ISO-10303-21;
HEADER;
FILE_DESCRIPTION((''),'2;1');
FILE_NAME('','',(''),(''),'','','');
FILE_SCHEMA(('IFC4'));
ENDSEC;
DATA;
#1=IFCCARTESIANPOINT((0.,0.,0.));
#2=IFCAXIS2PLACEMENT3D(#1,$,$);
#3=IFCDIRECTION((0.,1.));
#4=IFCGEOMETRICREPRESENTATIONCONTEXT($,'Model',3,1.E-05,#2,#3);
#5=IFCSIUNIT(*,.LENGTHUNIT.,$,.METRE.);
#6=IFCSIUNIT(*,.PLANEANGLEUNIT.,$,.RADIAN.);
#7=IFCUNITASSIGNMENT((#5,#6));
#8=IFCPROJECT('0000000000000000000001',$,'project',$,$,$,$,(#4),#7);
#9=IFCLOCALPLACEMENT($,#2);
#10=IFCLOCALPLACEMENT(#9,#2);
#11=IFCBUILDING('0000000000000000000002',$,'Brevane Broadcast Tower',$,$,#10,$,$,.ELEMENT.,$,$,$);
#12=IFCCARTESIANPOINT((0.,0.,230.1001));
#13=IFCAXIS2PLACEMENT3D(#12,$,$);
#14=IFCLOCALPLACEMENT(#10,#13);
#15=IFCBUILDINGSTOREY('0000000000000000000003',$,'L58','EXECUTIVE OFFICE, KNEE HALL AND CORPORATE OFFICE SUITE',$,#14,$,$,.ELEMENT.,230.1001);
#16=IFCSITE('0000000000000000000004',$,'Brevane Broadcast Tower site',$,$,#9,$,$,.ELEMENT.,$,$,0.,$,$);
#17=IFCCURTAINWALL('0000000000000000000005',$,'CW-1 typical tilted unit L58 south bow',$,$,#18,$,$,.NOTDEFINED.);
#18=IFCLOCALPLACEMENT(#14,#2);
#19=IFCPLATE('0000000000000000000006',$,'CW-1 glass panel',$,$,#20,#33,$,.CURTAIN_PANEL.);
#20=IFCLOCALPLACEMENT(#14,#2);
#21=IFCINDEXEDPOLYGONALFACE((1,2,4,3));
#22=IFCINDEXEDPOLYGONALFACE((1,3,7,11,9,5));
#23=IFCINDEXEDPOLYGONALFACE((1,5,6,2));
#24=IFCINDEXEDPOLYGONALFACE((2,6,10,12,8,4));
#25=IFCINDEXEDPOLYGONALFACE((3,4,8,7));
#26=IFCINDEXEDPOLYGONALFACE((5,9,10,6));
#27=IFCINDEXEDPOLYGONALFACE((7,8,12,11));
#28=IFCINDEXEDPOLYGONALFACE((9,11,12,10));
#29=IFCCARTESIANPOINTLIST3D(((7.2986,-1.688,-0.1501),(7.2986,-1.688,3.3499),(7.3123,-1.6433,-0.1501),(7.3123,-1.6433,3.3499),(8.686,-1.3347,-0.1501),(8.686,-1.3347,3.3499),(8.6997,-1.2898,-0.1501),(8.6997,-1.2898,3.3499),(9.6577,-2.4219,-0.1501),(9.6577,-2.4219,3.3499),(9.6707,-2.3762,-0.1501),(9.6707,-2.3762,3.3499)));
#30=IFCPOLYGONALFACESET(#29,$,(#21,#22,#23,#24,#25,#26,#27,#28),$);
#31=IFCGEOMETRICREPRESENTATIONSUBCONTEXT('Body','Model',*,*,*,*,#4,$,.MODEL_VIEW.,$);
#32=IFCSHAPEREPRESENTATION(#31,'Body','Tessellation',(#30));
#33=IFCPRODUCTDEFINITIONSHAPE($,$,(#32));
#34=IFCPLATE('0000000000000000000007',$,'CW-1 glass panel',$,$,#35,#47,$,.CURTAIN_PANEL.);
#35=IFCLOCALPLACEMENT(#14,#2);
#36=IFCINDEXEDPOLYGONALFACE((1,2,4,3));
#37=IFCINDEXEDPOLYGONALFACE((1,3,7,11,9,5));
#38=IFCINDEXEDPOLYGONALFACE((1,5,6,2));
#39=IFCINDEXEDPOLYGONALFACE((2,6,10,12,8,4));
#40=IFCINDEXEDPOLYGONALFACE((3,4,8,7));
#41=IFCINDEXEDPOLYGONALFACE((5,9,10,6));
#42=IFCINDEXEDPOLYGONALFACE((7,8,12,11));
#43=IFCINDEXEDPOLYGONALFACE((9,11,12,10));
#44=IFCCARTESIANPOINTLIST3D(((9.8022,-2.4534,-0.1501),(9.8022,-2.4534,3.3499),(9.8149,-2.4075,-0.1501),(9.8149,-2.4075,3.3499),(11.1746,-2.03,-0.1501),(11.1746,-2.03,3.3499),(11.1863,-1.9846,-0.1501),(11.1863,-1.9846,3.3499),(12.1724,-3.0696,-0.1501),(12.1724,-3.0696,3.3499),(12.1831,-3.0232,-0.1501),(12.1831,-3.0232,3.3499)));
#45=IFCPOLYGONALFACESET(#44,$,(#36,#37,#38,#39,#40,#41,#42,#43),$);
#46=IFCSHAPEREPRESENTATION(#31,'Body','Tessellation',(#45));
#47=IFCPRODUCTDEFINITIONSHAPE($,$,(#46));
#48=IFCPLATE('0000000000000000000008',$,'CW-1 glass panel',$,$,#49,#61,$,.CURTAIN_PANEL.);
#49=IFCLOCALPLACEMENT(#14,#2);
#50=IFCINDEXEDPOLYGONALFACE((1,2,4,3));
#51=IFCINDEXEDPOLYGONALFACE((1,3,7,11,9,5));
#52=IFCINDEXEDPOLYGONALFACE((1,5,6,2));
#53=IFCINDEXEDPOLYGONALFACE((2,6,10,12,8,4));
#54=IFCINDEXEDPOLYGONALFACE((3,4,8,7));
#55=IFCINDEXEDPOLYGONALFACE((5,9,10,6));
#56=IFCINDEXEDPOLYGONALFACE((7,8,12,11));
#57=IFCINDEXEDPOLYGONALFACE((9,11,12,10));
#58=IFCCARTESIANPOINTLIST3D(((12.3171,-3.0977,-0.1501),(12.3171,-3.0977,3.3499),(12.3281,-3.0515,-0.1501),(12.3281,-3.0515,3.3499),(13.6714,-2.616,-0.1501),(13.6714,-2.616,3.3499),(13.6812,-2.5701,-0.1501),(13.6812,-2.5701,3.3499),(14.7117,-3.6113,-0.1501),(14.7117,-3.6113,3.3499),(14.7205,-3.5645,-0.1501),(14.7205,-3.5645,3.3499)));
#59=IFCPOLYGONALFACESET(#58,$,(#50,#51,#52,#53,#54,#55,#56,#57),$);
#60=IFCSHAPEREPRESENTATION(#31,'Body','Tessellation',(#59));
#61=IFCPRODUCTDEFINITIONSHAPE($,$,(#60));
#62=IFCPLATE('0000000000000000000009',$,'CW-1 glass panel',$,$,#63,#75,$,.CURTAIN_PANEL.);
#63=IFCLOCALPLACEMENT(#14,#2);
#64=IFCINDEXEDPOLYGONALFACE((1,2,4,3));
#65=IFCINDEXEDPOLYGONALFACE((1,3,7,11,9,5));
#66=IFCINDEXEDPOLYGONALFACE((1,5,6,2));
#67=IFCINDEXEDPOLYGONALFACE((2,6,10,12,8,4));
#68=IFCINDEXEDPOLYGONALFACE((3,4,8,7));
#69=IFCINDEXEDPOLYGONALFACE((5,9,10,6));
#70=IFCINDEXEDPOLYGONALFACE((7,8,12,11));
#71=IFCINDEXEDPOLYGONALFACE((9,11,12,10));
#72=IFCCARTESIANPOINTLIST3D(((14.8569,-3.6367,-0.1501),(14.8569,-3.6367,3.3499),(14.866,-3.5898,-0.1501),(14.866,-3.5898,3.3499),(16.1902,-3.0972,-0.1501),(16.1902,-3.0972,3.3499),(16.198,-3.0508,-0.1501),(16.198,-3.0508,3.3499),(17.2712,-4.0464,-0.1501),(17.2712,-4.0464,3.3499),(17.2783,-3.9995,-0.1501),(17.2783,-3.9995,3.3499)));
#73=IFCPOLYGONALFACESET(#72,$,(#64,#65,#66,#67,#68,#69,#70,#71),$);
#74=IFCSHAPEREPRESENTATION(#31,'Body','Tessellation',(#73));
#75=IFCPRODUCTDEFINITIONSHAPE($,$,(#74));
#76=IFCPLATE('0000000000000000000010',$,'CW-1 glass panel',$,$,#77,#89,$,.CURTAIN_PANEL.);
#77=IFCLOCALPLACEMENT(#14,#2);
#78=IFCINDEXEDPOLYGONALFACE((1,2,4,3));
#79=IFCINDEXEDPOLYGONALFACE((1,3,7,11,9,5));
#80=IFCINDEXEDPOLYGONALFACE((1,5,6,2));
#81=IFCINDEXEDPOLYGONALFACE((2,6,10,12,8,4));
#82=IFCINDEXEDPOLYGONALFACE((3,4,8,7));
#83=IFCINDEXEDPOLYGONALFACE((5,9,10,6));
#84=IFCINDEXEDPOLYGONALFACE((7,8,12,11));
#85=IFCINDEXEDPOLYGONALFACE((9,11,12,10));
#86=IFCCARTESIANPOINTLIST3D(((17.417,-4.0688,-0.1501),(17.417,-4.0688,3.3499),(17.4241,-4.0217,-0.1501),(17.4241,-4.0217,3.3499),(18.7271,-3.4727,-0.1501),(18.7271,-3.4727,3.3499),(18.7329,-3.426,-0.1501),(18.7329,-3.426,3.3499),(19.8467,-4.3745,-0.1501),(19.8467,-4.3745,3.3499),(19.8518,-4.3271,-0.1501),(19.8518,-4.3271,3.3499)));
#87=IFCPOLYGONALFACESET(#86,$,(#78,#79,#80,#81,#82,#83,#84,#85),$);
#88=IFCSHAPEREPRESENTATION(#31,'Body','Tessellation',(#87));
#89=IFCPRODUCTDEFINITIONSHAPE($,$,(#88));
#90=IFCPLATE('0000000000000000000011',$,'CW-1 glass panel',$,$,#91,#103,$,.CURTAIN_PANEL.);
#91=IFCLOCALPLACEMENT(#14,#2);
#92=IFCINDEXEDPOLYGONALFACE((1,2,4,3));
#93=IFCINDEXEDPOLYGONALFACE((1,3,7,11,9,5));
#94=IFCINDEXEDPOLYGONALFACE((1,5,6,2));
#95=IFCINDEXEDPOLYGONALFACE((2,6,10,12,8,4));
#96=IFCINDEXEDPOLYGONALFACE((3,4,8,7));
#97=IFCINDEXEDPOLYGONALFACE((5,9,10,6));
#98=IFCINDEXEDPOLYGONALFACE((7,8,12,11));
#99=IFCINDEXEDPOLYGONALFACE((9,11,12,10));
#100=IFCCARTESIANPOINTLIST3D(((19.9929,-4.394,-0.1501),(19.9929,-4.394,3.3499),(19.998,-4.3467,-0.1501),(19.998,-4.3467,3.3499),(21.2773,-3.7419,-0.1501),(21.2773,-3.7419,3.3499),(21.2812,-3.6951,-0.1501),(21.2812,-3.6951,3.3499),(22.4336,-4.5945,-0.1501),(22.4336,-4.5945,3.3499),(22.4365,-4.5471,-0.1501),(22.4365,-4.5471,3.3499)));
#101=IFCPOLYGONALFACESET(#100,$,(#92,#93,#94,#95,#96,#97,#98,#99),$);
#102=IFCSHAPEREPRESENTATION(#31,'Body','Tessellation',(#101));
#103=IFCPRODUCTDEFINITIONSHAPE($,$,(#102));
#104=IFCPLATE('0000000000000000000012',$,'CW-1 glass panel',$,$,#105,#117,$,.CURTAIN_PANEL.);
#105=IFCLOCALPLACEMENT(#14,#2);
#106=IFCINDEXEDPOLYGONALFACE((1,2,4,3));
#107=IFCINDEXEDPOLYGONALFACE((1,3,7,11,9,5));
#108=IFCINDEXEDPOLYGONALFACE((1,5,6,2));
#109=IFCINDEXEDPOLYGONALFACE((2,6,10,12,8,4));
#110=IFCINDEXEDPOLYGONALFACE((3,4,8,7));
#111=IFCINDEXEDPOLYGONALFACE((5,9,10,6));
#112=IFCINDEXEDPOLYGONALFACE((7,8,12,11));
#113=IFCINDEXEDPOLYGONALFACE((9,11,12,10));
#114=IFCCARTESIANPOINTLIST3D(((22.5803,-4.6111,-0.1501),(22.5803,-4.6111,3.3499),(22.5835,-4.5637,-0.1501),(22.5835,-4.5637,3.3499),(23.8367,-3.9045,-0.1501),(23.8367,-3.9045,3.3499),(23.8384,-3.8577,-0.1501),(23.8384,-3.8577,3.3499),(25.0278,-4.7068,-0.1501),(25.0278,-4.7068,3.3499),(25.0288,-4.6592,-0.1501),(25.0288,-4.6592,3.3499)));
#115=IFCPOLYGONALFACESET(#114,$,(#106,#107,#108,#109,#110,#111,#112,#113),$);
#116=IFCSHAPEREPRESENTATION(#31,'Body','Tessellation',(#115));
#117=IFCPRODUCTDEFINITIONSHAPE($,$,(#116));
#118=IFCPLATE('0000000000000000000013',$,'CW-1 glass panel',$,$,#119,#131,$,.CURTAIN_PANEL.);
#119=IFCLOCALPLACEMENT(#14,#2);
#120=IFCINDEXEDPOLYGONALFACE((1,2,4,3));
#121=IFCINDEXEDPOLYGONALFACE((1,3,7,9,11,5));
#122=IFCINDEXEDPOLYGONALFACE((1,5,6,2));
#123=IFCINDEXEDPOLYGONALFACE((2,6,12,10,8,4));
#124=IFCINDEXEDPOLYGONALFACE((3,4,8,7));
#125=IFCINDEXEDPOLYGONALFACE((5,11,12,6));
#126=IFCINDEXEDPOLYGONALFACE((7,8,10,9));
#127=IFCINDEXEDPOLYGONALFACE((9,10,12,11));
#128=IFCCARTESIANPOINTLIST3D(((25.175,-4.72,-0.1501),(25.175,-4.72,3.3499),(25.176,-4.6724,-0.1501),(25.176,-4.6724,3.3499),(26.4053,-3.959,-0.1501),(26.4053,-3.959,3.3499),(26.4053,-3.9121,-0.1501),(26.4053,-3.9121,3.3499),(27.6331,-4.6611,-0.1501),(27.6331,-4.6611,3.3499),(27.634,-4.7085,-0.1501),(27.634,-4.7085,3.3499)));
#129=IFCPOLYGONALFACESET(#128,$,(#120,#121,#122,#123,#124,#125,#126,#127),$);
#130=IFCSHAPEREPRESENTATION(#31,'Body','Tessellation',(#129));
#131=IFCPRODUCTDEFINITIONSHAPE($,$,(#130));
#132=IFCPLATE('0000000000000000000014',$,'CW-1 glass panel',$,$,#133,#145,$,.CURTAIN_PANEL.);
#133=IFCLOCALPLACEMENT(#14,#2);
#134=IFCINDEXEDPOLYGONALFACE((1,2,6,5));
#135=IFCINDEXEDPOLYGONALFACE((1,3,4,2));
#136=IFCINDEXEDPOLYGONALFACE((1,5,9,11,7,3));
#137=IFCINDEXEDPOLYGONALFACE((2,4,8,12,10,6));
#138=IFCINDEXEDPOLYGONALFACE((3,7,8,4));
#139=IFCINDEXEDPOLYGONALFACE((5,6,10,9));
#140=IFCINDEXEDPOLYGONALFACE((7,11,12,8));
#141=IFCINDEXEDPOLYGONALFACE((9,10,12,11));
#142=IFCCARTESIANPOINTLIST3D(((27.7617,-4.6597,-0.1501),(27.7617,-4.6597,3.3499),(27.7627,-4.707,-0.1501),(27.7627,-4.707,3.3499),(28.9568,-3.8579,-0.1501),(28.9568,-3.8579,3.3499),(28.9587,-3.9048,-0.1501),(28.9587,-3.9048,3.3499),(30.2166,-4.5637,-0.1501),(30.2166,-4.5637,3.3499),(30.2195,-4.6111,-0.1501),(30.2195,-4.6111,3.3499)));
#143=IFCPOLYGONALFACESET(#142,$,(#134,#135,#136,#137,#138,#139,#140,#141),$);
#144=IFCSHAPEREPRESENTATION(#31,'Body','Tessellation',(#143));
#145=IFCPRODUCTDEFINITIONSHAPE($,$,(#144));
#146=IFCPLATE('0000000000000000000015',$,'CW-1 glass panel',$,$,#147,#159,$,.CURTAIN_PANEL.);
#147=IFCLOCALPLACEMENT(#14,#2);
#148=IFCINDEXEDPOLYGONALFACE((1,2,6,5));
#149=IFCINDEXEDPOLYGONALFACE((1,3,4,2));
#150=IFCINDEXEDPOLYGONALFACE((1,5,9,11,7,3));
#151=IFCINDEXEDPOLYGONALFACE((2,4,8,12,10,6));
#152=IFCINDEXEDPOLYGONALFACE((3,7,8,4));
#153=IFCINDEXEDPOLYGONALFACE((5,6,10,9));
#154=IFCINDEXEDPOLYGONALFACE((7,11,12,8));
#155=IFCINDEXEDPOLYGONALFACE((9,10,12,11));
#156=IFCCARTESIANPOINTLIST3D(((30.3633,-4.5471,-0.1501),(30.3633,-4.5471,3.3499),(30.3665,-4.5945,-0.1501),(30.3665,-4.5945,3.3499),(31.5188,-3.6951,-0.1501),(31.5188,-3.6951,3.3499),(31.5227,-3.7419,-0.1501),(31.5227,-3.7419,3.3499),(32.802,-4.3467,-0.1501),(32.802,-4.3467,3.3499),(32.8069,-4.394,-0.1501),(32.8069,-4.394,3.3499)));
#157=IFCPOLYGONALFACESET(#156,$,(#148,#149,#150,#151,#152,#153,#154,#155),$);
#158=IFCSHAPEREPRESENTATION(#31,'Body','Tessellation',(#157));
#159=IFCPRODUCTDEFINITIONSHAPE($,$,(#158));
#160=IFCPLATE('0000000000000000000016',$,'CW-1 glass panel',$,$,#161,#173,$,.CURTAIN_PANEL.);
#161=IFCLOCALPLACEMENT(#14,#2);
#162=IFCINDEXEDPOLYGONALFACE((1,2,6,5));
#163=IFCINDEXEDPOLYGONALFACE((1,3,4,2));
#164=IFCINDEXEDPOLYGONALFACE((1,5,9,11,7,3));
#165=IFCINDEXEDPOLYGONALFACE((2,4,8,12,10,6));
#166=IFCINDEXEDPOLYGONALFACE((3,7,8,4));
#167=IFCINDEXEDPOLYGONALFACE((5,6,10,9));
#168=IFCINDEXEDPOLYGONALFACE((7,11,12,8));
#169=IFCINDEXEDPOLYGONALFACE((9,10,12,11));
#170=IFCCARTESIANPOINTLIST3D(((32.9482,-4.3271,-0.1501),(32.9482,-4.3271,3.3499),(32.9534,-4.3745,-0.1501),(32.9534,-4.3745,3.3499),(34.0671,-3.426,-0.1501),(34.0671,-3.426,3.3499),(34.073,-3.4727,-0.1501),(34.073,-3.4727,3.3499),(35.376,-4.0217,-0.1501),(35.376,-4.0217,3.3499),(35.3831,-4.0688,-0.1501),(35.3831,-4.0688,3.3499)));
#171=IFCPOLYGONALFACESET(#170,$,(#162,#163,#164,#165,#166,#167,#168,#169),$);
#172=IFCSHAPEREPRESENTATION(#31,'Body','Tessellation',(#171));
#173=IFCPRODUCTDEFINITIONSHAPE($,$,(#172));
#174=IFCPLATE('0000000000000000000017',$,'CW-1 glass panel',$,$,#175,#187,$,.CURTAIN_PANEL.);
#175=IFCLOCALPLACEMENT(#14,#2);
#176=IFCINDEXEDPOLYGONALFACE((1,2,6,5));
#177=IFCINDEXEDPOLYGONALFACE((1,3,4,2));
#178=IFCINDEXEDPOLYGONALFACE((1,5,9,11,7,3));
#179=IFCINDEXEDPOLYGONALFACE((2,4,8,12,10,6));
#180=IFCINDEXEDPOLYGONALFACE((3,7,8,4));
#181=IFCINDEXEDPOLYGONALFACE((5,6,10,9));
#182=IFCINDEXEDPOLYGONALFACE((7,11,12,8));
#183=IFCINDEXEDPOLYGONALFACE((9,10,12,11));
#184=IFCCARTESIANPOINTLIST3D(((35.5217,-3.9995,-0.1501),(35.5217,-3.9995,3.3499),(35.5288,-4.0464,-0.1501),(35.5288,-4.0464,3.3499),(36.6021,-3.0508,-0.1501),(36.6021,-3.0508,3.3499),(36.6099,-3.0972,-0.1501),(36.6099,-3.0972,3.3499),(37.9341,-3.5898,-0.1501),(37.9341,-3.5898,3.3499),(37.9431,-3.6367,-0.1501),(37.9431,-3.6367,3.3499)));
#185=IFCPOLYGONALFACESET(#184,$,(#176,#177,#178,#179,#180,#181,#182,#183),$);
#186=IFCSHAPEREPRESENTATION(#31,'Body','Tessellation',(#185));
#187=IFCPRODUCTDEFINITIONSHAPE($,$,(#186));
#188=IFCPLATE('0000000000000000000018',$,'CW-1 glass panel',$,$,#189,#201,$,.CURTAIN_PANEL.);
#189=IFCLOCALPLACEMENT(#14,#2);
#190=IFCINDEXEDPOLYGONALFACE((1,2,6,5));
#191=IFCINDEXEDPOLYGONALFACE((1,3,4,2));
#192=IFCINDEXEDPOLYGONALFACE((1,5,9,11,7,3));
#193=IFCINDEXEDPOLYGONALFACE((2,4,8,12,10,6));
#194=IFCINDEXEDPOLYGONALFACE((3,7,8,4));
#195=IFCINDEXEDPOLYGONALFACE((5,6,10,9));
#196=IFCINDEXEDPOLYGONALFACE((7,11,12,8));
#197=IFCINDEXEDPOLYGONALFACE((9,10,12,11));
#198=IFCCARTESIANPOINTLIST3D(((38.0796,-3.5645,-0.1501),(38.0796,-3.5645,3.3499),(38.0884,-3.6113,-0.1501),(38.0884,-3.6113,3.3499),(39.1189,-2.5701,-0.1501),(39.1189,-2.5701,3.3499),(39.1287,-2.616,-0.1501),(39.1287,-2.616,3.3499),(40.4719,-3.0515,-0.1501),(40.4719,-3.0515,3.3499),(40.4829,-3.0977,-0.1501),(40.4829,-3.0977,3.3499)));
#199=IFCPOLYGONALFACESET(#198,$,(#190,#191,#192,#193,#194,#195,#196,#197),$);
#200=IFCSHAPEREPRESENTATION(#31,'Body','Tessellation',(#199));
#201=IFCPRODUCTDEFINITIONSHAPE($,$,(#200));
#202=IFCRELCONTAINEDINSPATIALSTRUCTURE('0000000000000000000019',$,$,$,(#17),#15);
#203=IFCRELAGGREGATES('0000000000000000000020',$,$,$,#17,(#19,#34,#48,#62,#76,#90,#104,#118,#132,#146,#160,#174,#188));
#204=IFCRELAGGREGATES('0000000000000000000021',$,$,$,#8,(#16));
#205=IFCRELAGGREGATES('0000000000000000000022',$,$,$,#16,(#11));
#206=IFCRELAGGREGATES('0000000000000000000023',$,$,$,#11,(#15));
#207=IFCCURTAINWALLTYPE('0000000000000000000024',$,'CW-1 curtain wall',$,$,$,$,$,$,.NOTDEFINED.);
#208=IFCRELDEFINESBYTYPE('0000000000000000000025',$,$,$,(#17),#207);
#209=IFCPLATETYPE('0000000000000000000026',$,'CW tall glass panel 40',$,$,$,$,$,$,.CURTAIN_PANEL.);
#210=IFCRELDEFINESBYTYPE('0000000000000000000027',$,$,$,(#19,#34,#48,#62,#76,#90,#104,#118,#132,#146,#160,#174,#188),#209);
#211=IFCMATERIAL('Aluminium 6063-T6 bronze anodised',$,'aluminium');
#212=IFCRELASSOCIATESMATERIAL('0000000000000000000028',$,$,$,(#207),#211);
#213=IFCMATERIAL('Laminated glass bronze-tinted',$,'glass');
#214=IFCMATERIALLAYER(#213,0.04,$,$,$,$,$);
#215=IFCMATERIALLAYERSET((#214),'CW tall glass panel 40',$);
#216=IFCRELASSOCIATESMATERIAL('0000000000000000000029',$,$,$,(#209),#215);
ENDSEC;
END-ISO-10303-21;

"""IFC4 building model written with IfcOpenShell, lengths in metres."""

from ifc_helpers import new_model, si_unit, direction, frame, origin, place, context, subcontext, project, spatial, polyline, outline, extrude, material, layer, layer_set, type_object, element, aggregate, save


model = new_model("IFC4")

# Units and contexts
model_context = context("Model", 3, precision=1e-05, world=origin(), true_north=direction((0.0, 1.0)))
body_context = subcontext(model_context, "Body", "Model", "MODEL_VIEW")
ifc_project = project(units=[si_unit("LENGTHUNIT", "METRE"), si_unit("PLANEANGLEUNIT", "RADIAN")], contexts=[model_context])

# Site, building, storey
site_placement = place(None, origin())
site = spatial("IfcSite", under=ifc_project, at=site_placement, Name="Brevane Broadcast Tower site", CompositionType="ELEMENT", RefElevation=0.0)
building_placement = place(site_placement, origin())
building = spatial("IfcBuilding", under=site, at=building_placement, Name="Brevane Broadcast Tower", CompositionType="ELEMENT")
storey_placement = place(building_placement, frame((0.0, 0.0, 230.1001)))
storey = spatial("IfcBuildingStorey", under=building, at=storey_placement, Name="L58", Description="EXECUTIVE OFFICE, KNEE HALL AND CORPORATE OFFICE SUITE", CompositionType="ELEMENT", Elevation=230.1001)

# Curtain wall, plates
ifc_material_1 = material(Name="Aluminium 6063-T6 bronze anodised", Category="aluminium")
curtain_wall_type = type_object("IfcCurtainWallType", Name="CW-1 curtain wall", PredefinedType="NOTDEFINED", material=ifc_material_1)
curtain_wall_1_placement = place(storey_placement, origin())
curtain_wall_1 = element("IfcCurtainWall", 1, at=curtain_wall_1_placement, inside=storey, type_object=curtain_wall_type, Name="CW-1 typical tilted unit L58 south bow", PredefinedType="NOTDEFINED")
ifc_material_2 = material(Name="Laminated glass bronze-tinted", Category="glass")
ifc_layer = layer(ifc_material_2, 0.04)
ifc_layer_set = layer_set([ifc_layer], Name="CW tall glass panel 40")
plate_type = type_object("IfcPlateType", Name="CW tall glass panel 40", PredefinedType="CURTAIN_PANEL", material=ifc_layer_set)
plate_1_placement = place(storey_placement, frame((0.0, 0.0, -0.1501)))
plate_1 = element("IfcPlate", 2, at=plate_1_placement, type_object=plate_type, Name="CW-1 glass panel", PredefinedType="CURTAIN_PANEL", context=body_context, shape_type="SweptSolid", body=[
    extrude(outline(polyline([(7.3123, -1.6433), (7.2986, -1.688), (8.686, -1.3347), (9.6577, -2.4219), (9.6707, -2.3762), (8.6997, -1.2898), (7.3123, -1.6433)])), origin(), (0.0, 0.0, 1.0), 3.5),
])
plate_2_placement = place(storey_placement, frame((0.0, 0.0, -0.1501)))
plate_2 = element("IfcPlate", 3, at=plate_2_placement, type_object=plate_type, Name="CW-1 glass panel", PredefinedType="CURTAIN_PANEL", context=body_context, shape_type="SweptSolid", body=[
    extrude(outline(polyline([(9.8149, -2.4075), (9.8022, -2.4534), (11.1746, -2.03), (12.1724, -3.0696), (12.1831, -3.0232), (11.1863, -1.9846), (9.8149, -2.4075)])), origin(), (0.0, 0.0, 1.0), 3.5),
])
plate_3_placement = place(storey_placement, frame((0.0, 0.0, -0.1501)))
plate_3 = element("IfcPlate", 4, at=plate_3_placement, type_object=plate_type, Name="CW-1 glass panel", PredefinedType="CURTAIN_PANEL", context=body_context, shape_type="SweptSolid", body=[
    extrude(outline(polyline([(12.3281, -3.0515), (12.3171, -3.0977), (13.6714, -2.616), (14.7117, -3.6113), (14.7205, -3.5645), (13.6812, -2.5701), (12.3281, -3.0515)])), origin(), (0.0, 0.0, 1.0), 3.5),
])
plate_4_placement = place(storey_placement, frame((0.0, 0.0, -0.1501)))
plate_4 = element("IfcPlate", 5, at=plate_4_placement, type_object=plate_type, Name="CW-1 glass panel", PredefinedType="CURTAIN_PANEL", context=body_context, shape_type="SweptSolid", body=[
    extrude(outline(polyline([(14.866, -3.5898), (14.8569, -3.6367), (16.1902, -3.0972), (17.2712, -4.0464), (17.2783, -3.9995), (16.198, -3.0508), (14.866, -3.5898)])), origin(), (0.0, 0.0, 1.0), 3.5),
])
plate_5_placement = place(storey_placement, frame((0.0, 0.0, -0.1501)))
plate_5 = element("IfcPlate", 6, at=plate_5_placement, type_object=plate_type, Name="CW-1 glass panel", PredefinedType="CURTAIN_PANEL", context=body_context, shape_type="SweptSolid", body=[
    extrude(outline(polyline([(17.4241, -4.0217), (17.417, -4.0688), (18.7271, -3.4727), (19.8467, -4.3745), (19.8518, -4.3271), (18.7329, -3.426), (17.4241, -4.0217)])), origin(), (0.0, 0.0, 1.0), 3.5),
])
plate_6_placement = place(storey_placement, frame((0.0, 0.0, -0.1501)))
plate_6 = element("IfcPlate", 7, at=plate_6_placement, type_object=plate_type, Name="CW-1 glass panel", PredefinedType="CURTAIN_PANEL", context=body_context, shape_type="SweptSolid", body=[
    extrude(outline(polyline([(19.998, -4.3467), (19.9929, -4.394), (21.2773, -3.7419), (22.4336, -4.5945), (22.4365, -4.5471), (21.2812, -3.6951), (19.998, -4.3467)])), origin(), (0.0, 0.0, 1.0), 3.5),
])
plate_7_placement = place(storey_placement, frame((0.0, 0.0, -0.1501)))
plate_7 = element("IfcPlate", 8, at=plate_7_placement, type_object=plate_type, Name="CW-1 glass panel", PredefinedType="CURTAIN_PANEL", context=body_context, shape_type="SweptSolid", body=[
    extrude(outline(polyline([(22.5835, -4.5637), (22.5803, -4.6111), (23.8367, -3.9045), (25.0278, -4.7068), (25.0288, -4.6592), (23.8384, -3.8577), (22.5835, -4.5637)])), origin(), (0.0, 0.0, 1.0), 3.5),
])
plate_8_placement = place(storey_placement, frame((0.0, 0.0, -0.1501)))
plate_8 = element("IfcPlate", 9, at=plate_8_placement, type_object=plate_type, Name="CW-1 glass panel", PredefinedType="CURTAIN_PANEL", context=body_context, shape_type="SweptSolid", body=[
    extrude(outline(polyline([(25.176, -4.6724), (25.175, -4.72), (26.4053, -3.959), (27.634, -4.7085), (27.6331, -4.6611), (26.4053, -3.9121), (25.176, -4.6724)])), origin(), (0.0, 0.0, 1.0), 3.5),
])
plate_9_placement = place(storey_placement, frame((0.0, 0.0, -0.1501)))
plate_9 = element("IfcPlate", 10, at=plate_9_placement, type_object=plate_type, Name="CW-1 glass panel", PredefinedType="CURTAIN_PANEL", context=body_context, shape_type="SweptSolid", body=[
    extrude(outline(polyline([(27.7617, -4.6597), (27.7627, -4.707), (28.9587, -3.9048), (30.2195, -4.6111), (30.2166, -4.5637), (28.9568, -3.8579), (27.7617, -4.6597)])), origin(), (0.0, 0.0, 1.0), 3.5),
])
plate_10_placement = place(storey_placement, frame((0.0, 0.0, -0.1501)))
plate_10 = element("IfcPlate", 11, at=plate_10_placement, type_object=plate_type, Name="CW-1 glass panel", PredefinedType="CURTAIN_PANEL", context=body_context, shape_type="SweptSolid", body=[
    extrude(outline(polyline([(30.3633, -4.5471), (30.3665, -4.5945), (31.5227, -3.7419), (32.8069, -4.394), (32.802, -4.3467), (31.5188, -3.6951), (30.3633, -4.5471)])), origin(), (0.0, 0.0, 1.0), 3.5),
])
plate_11_placement = place(storey_placement, frame((0.0, 0.0, -0.1501)))
plate_11 = element("IfcPlate", 12, at=plate_11_placement, type_object=plate_type, Name="CW-1 glass panel", PredefinedType="CURTAIN_PANEL", context=body_context, shape_type="SweptSolid", body=[
    extrude(outline(polyline([(32.9482, -4.3271), (32.9534, -4.3745), (34.073, -3.4727), (35.3831, -4.0688), (35.376, -4.0217), (34.0671, -3.426), (32.9482, -4.3271)])), origin(), (0.0, 0.0, 1.0), 3.5),
])
plate_12_placement = place(storey_placement, frame((0.0, 0.0, -0.1501)))
plate_12 = element("IfcPlate", 13, at=plate_12_placement, type_object=plate_type, Name="CW-1 glass panel", PredefinedType="CURTAIN_PANEL", context=body_context, shape_type="SweptSolid", body=[
    extrude(outline(polyline([(35.5217, -3.9995), (35.5288, -4.0464), (36.6099, -3.0972), (37.9431, -3.6367), (37.9341, -3.5898), (36.6021, -3.0508), (35.5217, -3.9995)])), origin(), (0.0, 0.0, 1.0), 3.5),
])
plate_13_placement = place(storey_placement, frame((0.0, 0.0, -0.1501)))
plate_13 = element("IfcPlate", 14, at=plate_13_placement, type_object=plate_type, Name="CW-1 glass panel", PredefinedType="CURTAIN_PANEL", context=body_context, shape_type="SweptSolid", body=[
    extrude(outline(polyline([(38.0796, -3.5645), (38.0884, -3.6113), (39.1287, -2.616), (40.4829, -3.0977), (40.4719, -3.0515), (39.1189, -2.5701), (38.0796, -3.5645)])), origin(), (0.0, 0.0, 1.0), 3.5),
])
aggregate(curtain_wall_1, [plate_1, plate_2, plate_3, plate_4, plate_5, plate_6, plate_7, plate_8, plate_9, plate_10, plate_11, plate_12, plate_13])

save(model, "model.ifc")
